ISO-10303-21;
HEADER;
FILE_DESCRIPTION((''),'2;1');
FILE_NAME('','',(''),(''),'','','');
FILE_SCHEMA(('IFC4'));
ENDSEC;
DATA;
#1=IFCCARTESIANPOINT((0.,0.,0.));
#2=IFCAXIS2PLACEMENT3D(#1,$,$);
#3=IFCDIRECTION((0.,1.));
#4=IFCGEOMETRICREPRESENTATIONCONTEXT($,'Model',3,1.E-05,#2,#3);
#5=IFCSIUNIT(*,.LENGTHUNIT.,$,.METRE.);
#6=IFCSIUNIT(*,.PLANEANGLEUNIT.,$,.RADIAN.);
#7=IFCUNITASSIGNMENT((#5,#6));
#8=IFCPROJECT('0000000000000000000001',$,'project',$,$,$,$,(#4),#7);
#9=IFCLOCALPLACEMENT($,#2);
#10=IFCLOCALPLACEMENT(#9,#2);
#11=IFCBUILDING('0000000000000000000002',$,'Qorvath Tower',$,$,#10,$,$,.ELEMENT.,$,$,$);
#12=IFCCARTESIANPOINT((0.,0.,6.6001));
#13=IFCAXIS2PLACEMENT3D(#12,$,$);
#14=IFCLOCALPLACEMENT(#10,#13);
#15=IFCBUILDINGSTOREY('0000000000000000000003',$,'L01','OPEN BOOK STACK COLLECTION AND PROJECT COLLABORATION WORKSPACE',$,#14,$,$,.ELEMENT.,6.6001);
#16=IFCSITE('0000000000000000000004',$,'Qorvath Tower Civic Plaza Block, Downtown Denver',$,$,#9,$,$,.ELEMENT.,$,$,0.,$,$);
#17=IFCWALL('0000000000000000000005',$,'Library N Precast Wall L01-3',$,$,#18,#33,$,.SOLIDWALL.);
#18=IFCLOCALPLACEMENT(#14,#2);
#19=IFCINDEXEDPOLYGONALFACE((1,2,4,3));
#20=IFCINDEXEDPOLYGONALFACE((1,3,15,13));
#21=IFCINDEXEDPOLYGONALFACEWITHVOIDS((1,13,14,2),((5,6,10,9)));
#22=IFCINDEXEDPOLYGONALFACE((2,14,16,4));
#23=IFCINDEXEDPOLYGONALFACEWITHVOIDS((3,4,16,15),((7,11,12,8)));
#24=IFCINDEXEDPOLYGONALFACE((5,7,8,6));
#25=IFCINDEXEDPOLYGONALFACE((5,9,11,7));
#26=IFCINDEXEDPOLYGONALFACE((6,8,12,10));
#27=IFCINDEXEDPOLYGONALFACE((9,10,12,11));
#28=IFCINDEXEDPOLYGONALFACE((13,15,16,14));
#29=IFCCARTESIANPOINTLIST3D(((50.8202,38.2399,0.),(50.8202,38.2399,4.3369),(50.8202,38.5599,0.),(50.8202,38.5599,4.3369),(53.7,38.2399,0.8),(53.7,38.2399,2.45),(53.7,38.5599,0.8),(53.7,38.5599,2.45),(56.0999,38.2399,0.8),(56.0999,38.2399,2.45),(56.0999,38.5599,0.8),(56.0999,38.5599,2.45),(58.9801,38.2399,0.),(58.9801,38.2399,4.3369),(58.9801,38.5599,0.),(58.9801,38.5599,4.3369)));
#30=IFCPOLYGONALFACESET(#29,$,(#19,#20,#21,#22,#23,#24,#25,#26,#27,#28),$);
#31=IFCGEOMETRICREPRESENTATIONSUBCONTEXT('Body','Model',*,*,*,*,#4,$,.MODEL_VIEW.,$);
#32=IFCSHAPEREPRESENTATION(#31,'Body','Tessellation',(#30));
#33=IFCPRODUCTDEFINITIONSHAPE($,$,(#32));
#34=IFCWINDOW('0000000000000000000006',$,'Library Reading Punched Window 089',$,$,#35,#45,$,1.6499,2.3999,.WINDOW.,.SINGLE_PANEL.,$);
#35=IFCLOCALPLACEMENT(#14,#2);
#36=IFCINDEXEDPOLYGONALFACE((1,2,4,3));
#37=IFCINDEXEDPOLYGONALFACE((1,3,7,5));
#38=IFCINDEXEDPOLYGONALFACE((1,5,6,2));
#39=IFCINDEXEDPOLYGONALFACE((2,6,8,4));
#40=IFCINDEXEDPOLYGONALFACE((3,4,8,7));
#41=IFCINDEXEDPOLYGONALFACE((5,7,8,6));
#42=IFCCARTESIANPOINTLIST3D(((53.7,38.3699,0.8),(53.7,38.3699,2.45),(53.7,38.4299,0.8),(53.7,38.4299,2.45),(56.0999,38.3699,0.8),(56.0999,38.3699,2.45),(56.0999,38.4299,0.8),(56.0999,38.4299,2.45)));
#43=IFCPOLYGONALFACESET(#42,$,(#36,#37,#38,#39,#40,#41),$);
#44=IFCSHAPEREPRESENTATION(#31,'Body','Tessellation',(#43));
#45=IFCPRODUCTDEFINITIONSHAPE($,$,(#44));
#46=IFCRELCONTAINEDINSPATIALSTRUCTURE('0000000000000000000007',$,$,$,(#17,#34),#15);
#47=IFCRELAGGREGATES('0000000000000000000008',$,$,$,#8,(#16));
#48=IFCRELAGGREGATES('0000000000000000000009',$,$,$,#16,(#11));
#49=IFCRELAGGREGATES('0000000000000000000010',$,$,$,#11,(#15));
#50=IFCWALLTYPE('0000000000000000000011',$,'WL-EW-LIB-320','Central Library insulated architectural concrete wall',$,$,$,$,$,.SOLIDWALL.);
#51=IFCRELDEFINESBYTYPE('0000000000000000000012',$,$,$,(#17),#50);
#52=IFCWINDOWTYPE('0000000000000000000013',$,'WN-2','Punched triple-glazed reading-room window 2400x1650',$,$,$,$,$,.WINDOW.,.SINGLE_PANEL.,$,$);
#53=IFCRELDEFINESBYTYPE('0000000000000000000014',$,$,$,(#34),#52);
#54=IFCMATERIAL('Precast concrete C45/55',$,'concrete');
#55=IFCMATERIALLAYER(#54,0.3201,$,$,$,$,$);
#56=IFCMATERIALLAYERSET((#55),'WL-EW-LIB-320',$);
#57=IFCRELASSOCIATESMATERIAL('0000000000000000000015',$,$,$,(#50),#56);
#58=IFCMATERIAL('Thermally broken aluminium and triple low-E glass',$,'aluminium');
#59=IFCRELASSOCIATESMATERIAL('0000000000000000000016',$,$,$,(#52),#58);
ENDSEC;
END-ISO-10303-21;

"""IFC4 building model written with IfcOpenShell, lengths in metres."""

from ifc_helpers import new_model, si_unit, direction, frame, frame_2d, origin, place, context, subcontext, project, spatial, rectangle, extrude, material, layer, layer_set, type_object, element, fill, save


model = new_model("IFC4")

# Units and contexts
model_context = context("Model", 3, precision=1e-05, world=origin(), true_north=direction((0.0, 1.0)))
body_context = subcontext(model_context, "Body", "Model", "MODEL_VIEW")
ifc_project = project(units=[si_unit("LENGTHUNIT", "METRE"), si_unit("PLANEANGLEUNIT", "RADIAN")], contexts=[model_context])

# Site, building, storey
site_placement = place(None, origin())
site = spatial("IfcSite", under=ifc_project, at=site_placement, Name="Qorvath Tower Civic Plaza Block, Downtown Denver", CompositionType="ELEMENT", RefElevation=0.0)
building_placement = place(site_placement, origin())
building = spatial("IfcBuilding", under=site, at=building_placement, Name="Qorvath Tower", CompositionType="ELEMENT")
storey_placement = place(building_placement, frame((0.0, 0.0, 6.6001)))
storey = spatial("IfcBuildingStorey", under=building, at=storey_placement, Name="L01", Description="OPEN BOOK STACK COLLECTION AND PROJECT COLLABORATION WORKSPACE", CompositionType="ELEMENT", Elevation=6.6001)

# Wall, opening, window
ifc_material_1 = material(Name="Precast concrete C45/55", Category="concrete")
ifc_layer_1 = layer(ifc_material_1, 0.3201)
ifc_layer_set_1 = layer_set([ifc_layer_1], Name="WL-EW-LIB-320")
wall_type_1 = type_object("IfcWallType", Name="WL-EW-LIB-320", Description="Central Library insulated architectural concrete wall", PredefinedType="SOLIDWALL", material=ifc_layer_set_1)
wall_1_placement = place(storey_placement, frame((50.8201, 38.3999, 0.0), z_axis=(0.0, 0.0, 1.0), x_axis=(1.0, 0.0, 0.0)))
wall_1 = element("IfcWall", 1, at=wall_1_placement, inside=storey, type_object=wall_type_1, Name="Library N Precast Wall L01-3", PredefinedType="SOLIDWALL", context=body_context, shape_type="SweptSolid", body=[
    extrude(rectangle(XDim=8.1599, YDim=0.3201, at=frame_2d((4.0801, 0.0))), origin(), (0.0, 0.0, 1.0), 4.3369),
])
opening_1_placement = place(wall_1_placement, frame((2.8799, 0.0, 0.8)))
opening_1 = element("IfcOpeningElement", 2, at=opening_1_placement, cuts=wall_1, PredefinedType="OPENING", context=body_context, shape_type="SweptSolid", body=[
    extrude(rectangle(XDim=2.3999, YDim=1.6499, at=frame_2d((1.2, 0.825))), frame((0.0, 0.1699, 0.0), z_axis=(0.0, -1.0, 0.0), x_axis=(1.0, 0.0, 0.0)), (0.0, 0.0, 1.0), 0.3401),
])
ifc_material_2 = material(Name="Thermally broken aluminium and triple low-E glass", Category="aluminium")
window_type = type_object("IfcWindowType", Name="WN-2", Description="Punched triple-glazed reading-room window 2400x1650", PartitioningType="SINGLE_PANEL", PredefinedType="WINDOW", material=ifc_material_2)
window_placement = place(opening_1_placement, origin())
window = element("IfcWindow", 3, at=window_placement, inside=storey, type_object=window_type, Name="Library Reading Punched Window 089", OverallHeight=1.6499, OverallWidth=2.3999, PartitioningType="SINGLE_PANEL", PredefinedType="WINDOW", context=body_context, shape_type="SweptSolid", body=[
    extrude(rectangle(XDim=2.3999, YDim=1.6499, at=frame_2d((1.2, 0.825))), frame((0.0, 0.03, 0.0), z_axis=(0.0, -1.0, 0.0), x_axis=(1.0, 0.0, 0.0)), (0.0, 0.0, 1.0), 0.0601),
])
fill(opening_1, window)

save(model, "model.ifc")
